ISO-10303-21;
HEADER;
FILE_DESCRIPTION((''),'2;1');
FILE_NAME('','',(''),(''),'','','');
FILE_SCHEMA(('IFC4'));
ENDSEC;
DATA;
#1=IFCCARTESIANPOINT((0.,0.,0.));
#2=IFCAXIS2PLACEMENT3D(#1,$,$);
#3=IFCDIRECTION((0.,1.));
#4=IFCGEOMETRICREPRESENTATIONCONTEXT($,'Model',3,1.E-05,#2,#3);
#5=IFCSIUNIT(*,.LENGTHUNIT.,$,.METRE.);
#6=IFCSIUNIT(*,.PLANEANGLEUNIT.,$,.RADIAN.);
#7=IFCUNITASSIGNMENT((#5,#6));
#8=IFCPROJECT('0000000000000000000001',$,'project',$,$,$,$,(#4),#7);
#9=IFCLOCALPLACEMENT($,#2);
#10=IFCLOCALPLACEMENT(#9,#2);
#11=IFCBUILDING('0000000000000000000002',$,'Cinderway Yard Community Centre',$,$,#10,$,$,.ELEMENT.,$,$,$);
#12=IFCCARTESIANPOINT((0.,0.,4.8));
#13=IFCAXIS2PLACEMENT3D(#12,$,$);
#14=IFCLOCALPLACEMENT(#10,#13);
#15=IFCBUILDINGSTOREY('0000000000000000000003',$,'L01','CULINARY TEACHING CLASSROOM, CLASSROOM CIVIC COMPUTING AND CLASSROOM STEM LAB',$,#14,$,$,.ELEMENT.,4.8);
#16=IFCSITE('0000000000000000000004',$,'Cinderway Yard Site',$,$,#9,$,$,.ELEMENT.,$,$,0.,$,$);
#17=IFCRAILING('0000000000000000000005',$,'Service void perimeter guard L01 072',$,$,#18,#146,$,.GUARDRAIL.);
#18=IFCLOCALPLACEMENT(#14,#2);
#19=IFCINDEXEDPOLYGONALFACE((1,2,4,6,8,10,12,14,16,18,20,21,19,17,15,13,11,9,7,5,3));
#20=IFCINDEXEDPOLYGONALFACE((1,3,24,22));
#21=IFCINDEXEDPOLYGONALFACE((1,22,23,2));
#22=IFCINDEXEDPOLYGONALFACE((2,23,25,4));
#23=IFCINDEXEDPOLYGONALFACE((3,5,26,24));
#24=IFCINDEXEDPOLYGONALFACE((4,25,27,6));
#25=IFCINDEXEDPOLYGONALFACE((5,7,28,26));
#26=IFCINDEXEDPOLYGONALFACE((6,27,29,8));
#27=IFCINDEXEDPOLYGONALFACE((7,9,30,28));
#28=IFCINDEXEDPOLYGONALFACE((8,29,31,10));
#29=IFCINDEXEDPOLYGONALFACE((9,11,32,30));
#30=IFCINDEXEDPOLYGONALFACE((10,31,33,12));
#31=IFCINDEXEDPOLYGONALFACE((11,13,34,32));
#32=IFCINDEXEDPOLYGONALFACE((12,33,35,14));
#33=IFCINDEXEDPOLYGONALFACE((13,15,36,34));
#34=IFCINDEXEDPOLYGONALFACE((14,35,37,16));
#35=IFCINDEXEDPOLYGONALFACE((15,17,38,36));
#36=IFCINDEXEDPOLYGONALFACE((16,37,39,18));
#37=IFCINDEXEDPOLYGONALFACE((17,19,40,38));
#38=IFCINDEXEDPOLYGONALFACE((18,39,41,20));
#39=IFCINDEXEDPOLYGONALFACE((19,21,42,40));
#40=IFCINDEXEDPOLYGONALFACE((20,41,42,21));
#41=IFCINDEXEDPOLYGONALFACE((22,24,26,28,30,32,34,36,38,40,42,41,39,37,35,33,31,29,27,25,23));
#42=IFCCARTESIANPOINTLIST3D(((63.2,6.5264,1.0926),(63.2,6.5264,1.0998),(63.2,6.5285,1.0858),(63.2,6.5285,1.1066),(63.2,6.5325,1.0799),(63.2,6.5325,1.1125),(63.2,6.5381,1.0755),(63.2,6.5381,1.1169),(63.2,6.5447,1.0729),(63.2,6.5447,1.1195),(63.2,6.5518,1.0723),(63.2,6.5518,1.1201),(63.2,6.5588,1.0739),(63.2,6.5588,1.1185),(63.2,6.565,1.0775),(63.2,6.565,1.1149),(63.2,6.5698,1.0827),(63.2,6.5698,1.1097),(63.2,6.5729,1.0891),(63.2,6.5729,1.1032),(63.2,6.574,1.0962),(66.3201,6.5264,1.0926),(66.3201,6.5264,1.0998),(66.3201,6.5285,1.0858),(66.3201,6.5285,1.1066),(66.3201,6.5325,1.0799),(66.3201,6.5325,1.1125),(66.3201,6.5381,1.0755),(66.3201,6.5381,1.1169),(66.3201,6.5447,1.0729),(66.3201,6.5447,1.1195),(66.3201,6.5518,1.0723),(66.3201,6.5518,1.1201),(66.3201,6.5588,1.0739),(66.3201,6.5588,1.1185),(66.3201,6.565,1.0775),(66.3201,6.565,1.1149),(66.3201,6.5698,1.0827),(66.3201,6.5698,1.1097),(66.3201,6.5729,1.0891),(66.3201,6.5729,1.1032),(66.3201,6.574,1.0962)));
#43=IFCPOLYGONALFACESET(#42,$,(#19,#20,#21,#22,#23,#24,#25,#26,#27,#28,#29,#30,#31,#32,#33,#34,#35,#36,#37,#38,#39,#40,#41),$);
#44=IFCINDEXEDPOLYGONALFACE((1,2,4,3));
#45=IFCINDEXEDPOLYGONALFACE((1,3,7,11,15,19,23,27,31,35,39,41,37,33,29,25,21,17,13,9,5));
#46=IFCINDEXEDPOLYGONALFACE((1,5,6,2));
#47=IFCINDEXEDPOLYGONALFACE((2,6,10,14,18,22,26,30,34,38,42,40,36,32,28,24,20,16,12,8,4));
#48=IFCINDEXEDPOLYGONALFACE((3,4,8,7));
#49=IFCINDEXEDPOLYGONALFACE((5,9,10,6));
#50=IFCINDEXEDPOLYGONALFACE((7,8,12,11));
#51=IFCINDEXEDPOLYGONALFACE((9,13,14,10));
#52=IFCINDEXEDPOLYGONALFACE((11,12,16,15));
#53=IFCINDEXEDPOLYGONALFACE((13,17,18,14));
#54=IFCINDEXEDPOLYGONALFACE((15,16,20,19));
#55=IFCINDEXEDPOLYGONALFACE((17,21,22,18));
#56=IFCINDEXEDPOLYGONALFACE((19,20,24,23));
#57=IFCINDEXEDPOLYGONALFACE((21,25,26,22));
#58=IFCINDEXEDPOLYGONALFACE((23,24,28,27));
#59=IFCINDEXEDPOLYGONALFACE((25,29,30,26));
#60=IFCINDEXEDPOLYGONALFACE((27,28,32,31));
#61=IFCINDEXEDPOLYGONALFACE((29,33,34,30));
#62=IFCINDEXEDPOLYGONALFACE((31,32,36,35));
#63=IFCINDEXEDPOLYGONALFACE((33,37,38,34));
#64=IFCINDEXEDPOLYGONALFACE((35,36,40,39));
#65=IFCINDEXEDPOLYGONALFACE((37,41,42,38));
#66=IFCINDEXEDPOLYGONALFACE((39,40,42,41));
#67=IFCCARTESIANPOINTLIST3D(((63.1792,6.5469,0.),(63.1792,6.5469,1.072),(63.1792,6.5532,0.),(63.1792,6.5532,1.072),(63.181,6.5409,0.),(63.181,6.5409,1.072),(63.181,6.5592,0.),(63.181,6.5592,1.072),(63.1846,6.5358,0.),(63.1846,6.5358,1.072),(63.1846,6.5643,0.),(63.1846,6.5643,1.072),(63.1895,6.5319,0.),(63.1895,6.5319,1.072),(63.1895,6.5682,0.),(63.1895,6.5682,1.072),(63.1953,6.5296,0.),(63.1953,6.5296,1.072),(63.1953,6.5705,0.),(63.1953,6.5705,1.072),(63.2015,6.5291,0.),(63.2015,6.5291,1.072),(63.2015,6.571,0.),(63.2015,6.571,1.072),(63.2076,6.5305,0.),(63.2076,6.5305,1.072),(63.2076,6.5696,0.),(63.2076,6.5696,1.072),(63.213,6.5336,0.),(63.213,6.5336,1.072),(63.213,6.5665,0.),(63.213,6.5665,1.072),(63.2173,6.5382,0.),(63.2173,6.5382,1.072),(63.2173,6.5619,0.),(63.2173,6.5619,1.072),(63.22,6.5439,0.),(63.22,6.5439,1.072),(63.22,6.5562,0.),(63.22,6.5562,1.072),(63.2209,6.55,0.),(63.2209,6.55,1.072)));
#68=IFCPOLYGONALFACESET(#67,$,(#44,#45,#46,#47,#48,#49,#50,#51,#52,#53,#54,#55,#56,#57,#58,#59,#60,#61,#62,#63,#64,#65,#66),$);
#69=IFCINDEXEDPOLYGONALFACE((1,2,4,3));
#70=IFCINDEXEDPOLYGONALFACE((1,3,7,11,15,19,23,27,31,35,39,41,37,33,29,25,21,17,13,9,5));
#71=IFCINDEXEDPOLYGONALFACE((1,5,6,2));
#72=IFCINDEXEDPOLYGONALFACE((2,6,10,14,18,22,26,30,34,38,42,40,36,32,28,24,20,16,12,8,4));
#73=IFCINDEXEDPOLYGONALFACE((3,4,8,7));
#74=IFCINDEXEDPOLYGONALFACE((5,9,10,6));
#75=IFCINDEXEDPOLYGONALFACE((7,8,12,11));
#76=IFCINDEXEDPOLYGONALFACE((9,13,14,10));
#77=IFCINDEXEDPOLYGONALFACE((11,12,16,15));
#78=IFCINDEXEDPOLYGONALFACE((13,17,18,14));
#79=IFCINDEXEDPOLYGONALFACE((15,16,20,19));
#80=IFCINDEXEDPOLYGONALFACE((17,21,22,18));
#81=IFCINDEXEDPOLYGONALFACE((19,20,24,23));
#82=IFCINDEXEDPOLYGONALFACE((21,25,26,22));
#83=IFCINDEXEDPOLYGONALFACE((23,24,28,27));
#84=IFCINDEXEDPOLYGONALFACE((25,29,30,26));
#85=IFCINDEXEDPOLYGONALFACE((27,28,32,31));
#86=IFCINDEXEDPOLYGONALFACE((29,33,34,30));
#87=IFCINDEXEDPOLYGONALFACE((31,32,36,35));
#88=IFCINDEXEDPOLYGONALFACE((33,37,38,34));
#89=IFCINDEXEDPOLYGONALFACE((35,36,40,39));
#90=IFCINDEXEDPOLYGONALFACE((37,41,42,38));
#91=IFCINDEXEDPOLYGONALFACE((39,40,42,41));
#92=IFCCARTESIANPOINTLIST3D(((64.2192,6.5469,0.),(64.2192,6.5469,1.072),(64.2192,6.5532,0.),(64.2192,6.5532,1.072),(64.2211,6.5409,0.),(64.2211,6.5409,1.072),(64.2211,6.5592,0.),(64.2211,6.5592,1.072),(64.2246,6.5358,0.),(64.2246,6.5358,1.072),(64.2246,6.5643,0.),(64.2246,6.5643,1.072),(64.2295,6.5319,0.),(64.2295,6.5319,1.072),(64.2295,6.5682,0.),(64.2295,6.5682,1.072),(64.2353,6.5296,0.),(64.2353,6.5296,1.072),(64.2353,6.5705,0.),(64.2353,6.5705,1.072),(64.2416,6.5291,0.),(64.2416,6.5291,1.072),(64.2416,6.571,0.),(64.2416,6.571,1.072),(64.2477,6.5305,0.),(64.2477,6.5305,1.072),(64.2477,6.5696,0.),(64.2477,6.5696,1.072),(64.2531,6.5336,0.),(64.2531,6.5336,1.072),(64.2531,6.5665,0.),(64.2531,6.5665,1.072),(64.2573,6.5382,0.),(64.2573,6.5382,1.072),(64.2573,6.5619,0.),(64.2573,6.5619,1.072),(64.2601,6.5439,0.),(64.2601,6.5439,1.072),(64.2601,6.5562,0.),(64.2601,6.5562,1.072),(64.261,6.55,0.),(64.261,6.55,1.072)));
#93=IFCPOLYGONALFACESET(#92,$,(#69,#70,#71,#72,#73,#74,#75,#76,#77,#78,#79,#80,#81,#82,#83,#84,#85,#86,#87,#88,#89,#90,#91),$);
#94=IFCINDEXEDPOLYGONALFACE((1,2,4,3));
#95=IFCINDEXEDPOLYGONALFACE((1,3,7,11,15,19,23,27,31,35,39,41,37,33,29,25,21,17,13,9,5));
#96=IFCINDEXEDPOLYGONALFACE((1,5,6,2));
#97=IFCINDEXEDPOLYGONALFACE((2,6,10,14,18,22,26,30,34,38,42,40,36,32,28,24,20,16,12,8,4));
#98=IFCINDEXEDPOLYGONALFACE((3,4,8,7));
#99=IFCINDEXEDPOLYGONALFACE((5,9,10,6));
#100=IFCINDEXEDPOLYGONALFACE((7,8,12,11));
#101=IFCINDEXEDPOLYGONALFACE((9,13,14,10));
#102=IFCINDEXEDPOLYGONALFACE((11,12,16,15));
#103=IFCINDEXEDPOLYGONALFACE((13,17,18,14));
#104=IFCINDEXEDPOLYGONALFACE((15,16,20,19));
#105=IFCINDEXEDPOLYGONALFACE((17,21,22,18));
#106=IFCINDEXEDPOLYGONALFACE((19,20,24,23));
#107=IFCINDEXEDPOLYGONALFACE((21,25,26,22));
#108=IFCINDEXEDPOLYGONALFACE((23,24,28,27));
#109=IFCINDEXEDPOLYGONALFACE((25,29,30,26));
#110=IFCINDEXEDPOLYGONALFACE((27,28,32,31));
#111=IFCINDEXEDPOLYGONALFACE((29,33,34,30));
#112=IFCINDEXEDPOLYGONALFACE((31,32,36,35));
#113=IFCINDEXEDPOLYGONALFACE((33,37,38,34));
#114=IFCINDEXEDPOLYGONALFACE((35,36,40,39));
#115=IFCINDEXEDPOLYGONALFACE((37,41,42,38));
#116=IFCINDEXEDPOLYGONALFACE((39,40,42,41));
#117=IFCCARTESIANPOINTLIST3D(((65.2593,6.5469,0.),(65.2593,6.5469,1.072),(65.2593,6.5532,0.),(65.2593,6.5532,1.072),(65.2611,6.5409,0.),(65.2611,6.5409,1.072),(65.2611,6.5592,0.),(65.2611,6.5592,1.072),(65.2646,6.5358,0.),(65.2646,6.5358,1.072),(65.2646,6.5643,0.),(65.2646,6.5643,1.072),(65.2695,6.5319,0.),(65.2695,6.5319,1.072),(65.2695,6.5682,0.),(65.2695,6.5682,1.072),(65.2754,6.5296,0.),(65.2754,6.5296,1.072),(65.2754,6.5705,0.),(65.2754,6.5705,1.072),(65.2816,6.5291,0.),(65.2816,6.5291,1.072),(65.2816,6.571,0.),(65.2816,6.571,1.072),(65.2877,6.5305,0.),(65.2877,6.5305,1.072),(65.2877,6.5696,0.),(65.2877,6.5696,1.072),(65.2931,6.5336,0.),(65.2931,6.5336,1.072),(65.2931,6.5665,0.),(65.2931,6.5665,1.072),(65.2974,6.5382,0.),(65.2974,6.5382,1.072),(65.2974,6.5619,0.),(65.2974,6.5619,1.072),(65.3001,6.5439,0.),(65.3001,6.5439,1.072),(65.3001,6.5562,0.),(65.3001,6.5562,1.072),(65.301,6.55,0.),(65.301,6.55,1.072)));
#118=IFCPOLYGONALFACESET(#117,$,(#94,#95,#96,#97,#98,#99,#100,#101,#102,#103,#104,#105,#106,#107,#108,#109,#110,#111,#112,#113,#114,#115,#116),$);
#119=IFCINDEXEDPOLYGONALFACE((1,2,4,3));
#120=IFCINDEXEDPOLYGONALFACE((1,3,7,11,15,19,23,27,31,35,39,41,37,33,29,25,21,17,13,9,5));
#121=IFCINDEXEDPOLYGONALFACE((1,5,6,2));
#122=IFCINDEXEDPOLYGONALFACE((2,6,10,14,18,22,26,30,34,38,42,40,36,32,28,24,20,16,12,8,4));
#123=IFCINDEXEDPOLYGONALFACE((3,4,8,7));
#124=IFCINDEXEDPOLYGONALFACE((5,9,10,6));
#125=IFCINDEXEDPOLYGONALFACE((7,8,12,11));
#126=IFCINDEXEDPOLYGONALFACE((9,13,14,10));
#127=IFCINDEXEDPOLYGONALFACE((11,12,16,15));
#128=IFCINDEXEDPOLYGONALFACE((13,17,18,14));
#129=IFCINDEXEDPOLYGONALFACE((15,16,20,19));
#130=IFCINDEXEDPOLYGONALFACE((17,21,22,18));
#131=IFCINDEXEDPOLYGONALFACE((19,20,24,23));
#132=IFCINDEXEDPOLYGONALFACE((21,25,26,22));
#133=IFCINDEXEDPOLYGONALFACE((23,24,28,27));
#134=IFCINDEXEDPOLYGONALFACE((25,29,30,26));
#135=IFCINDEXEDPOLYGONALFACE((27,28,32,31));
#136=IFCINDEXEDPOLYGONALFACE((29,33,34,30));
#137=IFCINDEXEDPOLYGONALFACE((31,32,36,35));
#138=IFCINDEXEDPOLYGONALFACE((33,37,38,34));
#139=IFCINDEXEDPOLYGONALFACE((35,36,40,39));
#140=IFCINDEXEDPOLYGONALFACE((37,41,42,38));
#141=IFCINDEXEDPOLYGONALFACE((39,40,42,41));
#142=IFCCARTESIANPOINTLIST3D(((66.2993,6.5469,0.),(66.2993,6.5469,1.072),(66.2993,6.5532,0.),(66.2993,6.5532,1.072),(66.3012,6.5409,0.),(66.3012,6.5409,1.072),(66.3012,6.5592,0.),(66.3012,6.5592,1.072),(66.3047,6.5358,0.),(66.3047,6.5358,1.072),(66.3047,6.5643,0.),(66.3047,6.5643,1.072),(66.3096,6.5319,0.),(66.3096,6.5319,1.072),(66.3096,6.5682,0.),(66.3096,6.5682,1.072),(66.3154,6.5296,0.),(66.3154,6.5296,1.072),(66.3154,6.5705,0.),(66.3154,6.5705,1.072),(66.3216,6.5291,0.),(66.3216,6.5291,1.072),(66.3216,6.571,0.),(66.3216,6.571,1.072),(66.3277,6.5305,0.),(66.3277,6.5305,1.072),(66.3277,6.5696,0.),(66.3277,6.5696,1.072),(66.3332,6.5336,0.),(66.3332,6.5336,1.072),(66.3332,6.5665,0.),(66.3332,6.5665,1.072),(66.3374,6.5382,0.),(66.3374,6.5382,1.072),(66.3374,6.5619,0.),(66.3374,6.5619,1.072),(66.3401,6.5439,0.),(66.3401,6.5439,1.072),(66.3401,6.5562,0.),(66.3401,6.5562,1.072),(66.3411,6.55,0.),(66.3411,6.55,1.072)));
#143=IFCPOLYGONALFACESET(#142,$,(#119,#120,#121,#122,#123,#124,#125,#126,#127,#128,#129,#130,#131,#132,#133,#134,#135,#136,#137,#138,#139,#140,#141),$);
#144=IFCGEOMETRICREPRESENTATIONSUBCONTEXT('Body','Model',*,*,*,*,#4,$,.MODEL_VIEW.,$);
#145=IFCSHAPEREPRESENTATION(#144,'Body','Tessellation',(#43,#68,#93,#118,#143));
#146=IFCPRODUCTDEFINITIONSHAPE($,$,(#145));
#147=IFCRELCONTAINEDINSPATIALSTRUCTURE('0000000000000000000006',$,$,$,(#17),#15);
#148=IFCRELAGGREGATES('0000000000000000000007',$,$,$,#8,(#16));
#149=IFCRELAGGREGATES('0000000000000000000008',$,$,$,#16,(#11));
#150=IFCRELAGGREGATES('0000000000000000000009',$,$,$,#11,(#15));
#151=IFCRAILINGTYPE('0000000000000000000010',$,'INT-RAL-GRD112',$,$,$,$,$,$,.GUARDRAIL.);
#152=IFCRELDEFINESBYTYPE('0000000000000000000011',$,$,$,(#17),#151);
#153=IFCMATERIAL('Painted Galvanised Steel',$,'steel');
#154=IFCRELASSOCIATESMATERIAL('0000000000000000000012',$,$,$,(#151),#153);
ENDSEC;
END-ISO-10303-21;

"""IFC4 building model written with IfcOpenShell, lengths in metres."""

from ifc_helpers import new_model, si_unit, direction, frame, origin, origin_2d, place, context, subcontext, project, spatial, circle, extrude, material, type_object, element, save


model = new_model("IFC4")

# Units and contexts
model_context = context("Model", 3, precision=1e-05, world=origin(), true_north=direction((0.0, 1.0)))
body_context = subcontext(model_context, "Body", "Model", "MODEL_VIEW")
ifc_project = project(units=[si_unit("LENGTHUNIT", "METRE"), si_unit("PLANEANGLEUNIT", "RADIAN")], contexts=[model_context])

# Site, building, storey
site_placement = place(None, origin())
site = spatial("IfcSite", under=ifc_project, at=site_placement, Name="Cinderway Yard Site", CompositionType="ELEMENT", RefElevation=0.0)
building_placement = place(site_placement, origin())
building = spatial("IfcBuilding", under=site, at=building_placement, Name="Cinderway Yard Community Centre", CompositionType="ELEMENT")
storey_placement = place(building_placement, frame((0.0, 0.0, 4.8)))
storey = spatial("IfcBuildingStorey", under=building, at=storey_placement, Name="L01", Description="CULINARY TEACHING CLASSROOM, CLASSROOM CIVIC COMPUTING AND CLASSROOM STEM LAB", CompositionType="ELEMENT", Elevation=4.8)

# Shared definitions
ifc_material_1 = material(Name="Painted Galvanised Steel", Category="steel")

# Railing
railing_type_1 = type_object("IfcRailingType", Name="INT-RAL-GRD112", PredefinedType="GUARDRAIL", material=ifc_material_1)
railing_1_placement = place(storey_placement, frame((63.2, 6.55, 0.0)))
element("IfcRailing", 1, at=railing_1_placement, inside=storey, type_object=railing_type_1, Name="Service void perimeter guard L01 072", PredefinedType="GUARDRAIL", context=body_context, shape_type="SweptSolid", body=[
    extrude(circle(Radius=0.0239, at=origin_2d()), frame((0.0, 0.0, 1.0962), z_axis=(1.0, 0.0, 0.0), x_axis=(0.0, 1.0, 0.0)), (0.0, 0.0, 1.0), 3.1201),
    extrude(circle(Radius=0.021, at=origin_2d()), origin(), (0.0, 0.0, 1.0), 1.072),
    extrude(circle(Radius=0.021, at=origin_2d()), frame((1.04, 0.0, 0.0)), (0.0, 0.0, 1.0), 1.072),
    extrude(circle(Radius=0.021, at=origin_2d()), frame((2.0801, 0.0, 0.0)), (0.0, 0.0, 1.0), 1.072),
    extrude(circle(Radius=0.021, at=origin_2d()), frame((3.1201, 0.0, 0.0)), (0.0, 0.0, 1.0), 1.072),
])

save(model, "model.ifc")
